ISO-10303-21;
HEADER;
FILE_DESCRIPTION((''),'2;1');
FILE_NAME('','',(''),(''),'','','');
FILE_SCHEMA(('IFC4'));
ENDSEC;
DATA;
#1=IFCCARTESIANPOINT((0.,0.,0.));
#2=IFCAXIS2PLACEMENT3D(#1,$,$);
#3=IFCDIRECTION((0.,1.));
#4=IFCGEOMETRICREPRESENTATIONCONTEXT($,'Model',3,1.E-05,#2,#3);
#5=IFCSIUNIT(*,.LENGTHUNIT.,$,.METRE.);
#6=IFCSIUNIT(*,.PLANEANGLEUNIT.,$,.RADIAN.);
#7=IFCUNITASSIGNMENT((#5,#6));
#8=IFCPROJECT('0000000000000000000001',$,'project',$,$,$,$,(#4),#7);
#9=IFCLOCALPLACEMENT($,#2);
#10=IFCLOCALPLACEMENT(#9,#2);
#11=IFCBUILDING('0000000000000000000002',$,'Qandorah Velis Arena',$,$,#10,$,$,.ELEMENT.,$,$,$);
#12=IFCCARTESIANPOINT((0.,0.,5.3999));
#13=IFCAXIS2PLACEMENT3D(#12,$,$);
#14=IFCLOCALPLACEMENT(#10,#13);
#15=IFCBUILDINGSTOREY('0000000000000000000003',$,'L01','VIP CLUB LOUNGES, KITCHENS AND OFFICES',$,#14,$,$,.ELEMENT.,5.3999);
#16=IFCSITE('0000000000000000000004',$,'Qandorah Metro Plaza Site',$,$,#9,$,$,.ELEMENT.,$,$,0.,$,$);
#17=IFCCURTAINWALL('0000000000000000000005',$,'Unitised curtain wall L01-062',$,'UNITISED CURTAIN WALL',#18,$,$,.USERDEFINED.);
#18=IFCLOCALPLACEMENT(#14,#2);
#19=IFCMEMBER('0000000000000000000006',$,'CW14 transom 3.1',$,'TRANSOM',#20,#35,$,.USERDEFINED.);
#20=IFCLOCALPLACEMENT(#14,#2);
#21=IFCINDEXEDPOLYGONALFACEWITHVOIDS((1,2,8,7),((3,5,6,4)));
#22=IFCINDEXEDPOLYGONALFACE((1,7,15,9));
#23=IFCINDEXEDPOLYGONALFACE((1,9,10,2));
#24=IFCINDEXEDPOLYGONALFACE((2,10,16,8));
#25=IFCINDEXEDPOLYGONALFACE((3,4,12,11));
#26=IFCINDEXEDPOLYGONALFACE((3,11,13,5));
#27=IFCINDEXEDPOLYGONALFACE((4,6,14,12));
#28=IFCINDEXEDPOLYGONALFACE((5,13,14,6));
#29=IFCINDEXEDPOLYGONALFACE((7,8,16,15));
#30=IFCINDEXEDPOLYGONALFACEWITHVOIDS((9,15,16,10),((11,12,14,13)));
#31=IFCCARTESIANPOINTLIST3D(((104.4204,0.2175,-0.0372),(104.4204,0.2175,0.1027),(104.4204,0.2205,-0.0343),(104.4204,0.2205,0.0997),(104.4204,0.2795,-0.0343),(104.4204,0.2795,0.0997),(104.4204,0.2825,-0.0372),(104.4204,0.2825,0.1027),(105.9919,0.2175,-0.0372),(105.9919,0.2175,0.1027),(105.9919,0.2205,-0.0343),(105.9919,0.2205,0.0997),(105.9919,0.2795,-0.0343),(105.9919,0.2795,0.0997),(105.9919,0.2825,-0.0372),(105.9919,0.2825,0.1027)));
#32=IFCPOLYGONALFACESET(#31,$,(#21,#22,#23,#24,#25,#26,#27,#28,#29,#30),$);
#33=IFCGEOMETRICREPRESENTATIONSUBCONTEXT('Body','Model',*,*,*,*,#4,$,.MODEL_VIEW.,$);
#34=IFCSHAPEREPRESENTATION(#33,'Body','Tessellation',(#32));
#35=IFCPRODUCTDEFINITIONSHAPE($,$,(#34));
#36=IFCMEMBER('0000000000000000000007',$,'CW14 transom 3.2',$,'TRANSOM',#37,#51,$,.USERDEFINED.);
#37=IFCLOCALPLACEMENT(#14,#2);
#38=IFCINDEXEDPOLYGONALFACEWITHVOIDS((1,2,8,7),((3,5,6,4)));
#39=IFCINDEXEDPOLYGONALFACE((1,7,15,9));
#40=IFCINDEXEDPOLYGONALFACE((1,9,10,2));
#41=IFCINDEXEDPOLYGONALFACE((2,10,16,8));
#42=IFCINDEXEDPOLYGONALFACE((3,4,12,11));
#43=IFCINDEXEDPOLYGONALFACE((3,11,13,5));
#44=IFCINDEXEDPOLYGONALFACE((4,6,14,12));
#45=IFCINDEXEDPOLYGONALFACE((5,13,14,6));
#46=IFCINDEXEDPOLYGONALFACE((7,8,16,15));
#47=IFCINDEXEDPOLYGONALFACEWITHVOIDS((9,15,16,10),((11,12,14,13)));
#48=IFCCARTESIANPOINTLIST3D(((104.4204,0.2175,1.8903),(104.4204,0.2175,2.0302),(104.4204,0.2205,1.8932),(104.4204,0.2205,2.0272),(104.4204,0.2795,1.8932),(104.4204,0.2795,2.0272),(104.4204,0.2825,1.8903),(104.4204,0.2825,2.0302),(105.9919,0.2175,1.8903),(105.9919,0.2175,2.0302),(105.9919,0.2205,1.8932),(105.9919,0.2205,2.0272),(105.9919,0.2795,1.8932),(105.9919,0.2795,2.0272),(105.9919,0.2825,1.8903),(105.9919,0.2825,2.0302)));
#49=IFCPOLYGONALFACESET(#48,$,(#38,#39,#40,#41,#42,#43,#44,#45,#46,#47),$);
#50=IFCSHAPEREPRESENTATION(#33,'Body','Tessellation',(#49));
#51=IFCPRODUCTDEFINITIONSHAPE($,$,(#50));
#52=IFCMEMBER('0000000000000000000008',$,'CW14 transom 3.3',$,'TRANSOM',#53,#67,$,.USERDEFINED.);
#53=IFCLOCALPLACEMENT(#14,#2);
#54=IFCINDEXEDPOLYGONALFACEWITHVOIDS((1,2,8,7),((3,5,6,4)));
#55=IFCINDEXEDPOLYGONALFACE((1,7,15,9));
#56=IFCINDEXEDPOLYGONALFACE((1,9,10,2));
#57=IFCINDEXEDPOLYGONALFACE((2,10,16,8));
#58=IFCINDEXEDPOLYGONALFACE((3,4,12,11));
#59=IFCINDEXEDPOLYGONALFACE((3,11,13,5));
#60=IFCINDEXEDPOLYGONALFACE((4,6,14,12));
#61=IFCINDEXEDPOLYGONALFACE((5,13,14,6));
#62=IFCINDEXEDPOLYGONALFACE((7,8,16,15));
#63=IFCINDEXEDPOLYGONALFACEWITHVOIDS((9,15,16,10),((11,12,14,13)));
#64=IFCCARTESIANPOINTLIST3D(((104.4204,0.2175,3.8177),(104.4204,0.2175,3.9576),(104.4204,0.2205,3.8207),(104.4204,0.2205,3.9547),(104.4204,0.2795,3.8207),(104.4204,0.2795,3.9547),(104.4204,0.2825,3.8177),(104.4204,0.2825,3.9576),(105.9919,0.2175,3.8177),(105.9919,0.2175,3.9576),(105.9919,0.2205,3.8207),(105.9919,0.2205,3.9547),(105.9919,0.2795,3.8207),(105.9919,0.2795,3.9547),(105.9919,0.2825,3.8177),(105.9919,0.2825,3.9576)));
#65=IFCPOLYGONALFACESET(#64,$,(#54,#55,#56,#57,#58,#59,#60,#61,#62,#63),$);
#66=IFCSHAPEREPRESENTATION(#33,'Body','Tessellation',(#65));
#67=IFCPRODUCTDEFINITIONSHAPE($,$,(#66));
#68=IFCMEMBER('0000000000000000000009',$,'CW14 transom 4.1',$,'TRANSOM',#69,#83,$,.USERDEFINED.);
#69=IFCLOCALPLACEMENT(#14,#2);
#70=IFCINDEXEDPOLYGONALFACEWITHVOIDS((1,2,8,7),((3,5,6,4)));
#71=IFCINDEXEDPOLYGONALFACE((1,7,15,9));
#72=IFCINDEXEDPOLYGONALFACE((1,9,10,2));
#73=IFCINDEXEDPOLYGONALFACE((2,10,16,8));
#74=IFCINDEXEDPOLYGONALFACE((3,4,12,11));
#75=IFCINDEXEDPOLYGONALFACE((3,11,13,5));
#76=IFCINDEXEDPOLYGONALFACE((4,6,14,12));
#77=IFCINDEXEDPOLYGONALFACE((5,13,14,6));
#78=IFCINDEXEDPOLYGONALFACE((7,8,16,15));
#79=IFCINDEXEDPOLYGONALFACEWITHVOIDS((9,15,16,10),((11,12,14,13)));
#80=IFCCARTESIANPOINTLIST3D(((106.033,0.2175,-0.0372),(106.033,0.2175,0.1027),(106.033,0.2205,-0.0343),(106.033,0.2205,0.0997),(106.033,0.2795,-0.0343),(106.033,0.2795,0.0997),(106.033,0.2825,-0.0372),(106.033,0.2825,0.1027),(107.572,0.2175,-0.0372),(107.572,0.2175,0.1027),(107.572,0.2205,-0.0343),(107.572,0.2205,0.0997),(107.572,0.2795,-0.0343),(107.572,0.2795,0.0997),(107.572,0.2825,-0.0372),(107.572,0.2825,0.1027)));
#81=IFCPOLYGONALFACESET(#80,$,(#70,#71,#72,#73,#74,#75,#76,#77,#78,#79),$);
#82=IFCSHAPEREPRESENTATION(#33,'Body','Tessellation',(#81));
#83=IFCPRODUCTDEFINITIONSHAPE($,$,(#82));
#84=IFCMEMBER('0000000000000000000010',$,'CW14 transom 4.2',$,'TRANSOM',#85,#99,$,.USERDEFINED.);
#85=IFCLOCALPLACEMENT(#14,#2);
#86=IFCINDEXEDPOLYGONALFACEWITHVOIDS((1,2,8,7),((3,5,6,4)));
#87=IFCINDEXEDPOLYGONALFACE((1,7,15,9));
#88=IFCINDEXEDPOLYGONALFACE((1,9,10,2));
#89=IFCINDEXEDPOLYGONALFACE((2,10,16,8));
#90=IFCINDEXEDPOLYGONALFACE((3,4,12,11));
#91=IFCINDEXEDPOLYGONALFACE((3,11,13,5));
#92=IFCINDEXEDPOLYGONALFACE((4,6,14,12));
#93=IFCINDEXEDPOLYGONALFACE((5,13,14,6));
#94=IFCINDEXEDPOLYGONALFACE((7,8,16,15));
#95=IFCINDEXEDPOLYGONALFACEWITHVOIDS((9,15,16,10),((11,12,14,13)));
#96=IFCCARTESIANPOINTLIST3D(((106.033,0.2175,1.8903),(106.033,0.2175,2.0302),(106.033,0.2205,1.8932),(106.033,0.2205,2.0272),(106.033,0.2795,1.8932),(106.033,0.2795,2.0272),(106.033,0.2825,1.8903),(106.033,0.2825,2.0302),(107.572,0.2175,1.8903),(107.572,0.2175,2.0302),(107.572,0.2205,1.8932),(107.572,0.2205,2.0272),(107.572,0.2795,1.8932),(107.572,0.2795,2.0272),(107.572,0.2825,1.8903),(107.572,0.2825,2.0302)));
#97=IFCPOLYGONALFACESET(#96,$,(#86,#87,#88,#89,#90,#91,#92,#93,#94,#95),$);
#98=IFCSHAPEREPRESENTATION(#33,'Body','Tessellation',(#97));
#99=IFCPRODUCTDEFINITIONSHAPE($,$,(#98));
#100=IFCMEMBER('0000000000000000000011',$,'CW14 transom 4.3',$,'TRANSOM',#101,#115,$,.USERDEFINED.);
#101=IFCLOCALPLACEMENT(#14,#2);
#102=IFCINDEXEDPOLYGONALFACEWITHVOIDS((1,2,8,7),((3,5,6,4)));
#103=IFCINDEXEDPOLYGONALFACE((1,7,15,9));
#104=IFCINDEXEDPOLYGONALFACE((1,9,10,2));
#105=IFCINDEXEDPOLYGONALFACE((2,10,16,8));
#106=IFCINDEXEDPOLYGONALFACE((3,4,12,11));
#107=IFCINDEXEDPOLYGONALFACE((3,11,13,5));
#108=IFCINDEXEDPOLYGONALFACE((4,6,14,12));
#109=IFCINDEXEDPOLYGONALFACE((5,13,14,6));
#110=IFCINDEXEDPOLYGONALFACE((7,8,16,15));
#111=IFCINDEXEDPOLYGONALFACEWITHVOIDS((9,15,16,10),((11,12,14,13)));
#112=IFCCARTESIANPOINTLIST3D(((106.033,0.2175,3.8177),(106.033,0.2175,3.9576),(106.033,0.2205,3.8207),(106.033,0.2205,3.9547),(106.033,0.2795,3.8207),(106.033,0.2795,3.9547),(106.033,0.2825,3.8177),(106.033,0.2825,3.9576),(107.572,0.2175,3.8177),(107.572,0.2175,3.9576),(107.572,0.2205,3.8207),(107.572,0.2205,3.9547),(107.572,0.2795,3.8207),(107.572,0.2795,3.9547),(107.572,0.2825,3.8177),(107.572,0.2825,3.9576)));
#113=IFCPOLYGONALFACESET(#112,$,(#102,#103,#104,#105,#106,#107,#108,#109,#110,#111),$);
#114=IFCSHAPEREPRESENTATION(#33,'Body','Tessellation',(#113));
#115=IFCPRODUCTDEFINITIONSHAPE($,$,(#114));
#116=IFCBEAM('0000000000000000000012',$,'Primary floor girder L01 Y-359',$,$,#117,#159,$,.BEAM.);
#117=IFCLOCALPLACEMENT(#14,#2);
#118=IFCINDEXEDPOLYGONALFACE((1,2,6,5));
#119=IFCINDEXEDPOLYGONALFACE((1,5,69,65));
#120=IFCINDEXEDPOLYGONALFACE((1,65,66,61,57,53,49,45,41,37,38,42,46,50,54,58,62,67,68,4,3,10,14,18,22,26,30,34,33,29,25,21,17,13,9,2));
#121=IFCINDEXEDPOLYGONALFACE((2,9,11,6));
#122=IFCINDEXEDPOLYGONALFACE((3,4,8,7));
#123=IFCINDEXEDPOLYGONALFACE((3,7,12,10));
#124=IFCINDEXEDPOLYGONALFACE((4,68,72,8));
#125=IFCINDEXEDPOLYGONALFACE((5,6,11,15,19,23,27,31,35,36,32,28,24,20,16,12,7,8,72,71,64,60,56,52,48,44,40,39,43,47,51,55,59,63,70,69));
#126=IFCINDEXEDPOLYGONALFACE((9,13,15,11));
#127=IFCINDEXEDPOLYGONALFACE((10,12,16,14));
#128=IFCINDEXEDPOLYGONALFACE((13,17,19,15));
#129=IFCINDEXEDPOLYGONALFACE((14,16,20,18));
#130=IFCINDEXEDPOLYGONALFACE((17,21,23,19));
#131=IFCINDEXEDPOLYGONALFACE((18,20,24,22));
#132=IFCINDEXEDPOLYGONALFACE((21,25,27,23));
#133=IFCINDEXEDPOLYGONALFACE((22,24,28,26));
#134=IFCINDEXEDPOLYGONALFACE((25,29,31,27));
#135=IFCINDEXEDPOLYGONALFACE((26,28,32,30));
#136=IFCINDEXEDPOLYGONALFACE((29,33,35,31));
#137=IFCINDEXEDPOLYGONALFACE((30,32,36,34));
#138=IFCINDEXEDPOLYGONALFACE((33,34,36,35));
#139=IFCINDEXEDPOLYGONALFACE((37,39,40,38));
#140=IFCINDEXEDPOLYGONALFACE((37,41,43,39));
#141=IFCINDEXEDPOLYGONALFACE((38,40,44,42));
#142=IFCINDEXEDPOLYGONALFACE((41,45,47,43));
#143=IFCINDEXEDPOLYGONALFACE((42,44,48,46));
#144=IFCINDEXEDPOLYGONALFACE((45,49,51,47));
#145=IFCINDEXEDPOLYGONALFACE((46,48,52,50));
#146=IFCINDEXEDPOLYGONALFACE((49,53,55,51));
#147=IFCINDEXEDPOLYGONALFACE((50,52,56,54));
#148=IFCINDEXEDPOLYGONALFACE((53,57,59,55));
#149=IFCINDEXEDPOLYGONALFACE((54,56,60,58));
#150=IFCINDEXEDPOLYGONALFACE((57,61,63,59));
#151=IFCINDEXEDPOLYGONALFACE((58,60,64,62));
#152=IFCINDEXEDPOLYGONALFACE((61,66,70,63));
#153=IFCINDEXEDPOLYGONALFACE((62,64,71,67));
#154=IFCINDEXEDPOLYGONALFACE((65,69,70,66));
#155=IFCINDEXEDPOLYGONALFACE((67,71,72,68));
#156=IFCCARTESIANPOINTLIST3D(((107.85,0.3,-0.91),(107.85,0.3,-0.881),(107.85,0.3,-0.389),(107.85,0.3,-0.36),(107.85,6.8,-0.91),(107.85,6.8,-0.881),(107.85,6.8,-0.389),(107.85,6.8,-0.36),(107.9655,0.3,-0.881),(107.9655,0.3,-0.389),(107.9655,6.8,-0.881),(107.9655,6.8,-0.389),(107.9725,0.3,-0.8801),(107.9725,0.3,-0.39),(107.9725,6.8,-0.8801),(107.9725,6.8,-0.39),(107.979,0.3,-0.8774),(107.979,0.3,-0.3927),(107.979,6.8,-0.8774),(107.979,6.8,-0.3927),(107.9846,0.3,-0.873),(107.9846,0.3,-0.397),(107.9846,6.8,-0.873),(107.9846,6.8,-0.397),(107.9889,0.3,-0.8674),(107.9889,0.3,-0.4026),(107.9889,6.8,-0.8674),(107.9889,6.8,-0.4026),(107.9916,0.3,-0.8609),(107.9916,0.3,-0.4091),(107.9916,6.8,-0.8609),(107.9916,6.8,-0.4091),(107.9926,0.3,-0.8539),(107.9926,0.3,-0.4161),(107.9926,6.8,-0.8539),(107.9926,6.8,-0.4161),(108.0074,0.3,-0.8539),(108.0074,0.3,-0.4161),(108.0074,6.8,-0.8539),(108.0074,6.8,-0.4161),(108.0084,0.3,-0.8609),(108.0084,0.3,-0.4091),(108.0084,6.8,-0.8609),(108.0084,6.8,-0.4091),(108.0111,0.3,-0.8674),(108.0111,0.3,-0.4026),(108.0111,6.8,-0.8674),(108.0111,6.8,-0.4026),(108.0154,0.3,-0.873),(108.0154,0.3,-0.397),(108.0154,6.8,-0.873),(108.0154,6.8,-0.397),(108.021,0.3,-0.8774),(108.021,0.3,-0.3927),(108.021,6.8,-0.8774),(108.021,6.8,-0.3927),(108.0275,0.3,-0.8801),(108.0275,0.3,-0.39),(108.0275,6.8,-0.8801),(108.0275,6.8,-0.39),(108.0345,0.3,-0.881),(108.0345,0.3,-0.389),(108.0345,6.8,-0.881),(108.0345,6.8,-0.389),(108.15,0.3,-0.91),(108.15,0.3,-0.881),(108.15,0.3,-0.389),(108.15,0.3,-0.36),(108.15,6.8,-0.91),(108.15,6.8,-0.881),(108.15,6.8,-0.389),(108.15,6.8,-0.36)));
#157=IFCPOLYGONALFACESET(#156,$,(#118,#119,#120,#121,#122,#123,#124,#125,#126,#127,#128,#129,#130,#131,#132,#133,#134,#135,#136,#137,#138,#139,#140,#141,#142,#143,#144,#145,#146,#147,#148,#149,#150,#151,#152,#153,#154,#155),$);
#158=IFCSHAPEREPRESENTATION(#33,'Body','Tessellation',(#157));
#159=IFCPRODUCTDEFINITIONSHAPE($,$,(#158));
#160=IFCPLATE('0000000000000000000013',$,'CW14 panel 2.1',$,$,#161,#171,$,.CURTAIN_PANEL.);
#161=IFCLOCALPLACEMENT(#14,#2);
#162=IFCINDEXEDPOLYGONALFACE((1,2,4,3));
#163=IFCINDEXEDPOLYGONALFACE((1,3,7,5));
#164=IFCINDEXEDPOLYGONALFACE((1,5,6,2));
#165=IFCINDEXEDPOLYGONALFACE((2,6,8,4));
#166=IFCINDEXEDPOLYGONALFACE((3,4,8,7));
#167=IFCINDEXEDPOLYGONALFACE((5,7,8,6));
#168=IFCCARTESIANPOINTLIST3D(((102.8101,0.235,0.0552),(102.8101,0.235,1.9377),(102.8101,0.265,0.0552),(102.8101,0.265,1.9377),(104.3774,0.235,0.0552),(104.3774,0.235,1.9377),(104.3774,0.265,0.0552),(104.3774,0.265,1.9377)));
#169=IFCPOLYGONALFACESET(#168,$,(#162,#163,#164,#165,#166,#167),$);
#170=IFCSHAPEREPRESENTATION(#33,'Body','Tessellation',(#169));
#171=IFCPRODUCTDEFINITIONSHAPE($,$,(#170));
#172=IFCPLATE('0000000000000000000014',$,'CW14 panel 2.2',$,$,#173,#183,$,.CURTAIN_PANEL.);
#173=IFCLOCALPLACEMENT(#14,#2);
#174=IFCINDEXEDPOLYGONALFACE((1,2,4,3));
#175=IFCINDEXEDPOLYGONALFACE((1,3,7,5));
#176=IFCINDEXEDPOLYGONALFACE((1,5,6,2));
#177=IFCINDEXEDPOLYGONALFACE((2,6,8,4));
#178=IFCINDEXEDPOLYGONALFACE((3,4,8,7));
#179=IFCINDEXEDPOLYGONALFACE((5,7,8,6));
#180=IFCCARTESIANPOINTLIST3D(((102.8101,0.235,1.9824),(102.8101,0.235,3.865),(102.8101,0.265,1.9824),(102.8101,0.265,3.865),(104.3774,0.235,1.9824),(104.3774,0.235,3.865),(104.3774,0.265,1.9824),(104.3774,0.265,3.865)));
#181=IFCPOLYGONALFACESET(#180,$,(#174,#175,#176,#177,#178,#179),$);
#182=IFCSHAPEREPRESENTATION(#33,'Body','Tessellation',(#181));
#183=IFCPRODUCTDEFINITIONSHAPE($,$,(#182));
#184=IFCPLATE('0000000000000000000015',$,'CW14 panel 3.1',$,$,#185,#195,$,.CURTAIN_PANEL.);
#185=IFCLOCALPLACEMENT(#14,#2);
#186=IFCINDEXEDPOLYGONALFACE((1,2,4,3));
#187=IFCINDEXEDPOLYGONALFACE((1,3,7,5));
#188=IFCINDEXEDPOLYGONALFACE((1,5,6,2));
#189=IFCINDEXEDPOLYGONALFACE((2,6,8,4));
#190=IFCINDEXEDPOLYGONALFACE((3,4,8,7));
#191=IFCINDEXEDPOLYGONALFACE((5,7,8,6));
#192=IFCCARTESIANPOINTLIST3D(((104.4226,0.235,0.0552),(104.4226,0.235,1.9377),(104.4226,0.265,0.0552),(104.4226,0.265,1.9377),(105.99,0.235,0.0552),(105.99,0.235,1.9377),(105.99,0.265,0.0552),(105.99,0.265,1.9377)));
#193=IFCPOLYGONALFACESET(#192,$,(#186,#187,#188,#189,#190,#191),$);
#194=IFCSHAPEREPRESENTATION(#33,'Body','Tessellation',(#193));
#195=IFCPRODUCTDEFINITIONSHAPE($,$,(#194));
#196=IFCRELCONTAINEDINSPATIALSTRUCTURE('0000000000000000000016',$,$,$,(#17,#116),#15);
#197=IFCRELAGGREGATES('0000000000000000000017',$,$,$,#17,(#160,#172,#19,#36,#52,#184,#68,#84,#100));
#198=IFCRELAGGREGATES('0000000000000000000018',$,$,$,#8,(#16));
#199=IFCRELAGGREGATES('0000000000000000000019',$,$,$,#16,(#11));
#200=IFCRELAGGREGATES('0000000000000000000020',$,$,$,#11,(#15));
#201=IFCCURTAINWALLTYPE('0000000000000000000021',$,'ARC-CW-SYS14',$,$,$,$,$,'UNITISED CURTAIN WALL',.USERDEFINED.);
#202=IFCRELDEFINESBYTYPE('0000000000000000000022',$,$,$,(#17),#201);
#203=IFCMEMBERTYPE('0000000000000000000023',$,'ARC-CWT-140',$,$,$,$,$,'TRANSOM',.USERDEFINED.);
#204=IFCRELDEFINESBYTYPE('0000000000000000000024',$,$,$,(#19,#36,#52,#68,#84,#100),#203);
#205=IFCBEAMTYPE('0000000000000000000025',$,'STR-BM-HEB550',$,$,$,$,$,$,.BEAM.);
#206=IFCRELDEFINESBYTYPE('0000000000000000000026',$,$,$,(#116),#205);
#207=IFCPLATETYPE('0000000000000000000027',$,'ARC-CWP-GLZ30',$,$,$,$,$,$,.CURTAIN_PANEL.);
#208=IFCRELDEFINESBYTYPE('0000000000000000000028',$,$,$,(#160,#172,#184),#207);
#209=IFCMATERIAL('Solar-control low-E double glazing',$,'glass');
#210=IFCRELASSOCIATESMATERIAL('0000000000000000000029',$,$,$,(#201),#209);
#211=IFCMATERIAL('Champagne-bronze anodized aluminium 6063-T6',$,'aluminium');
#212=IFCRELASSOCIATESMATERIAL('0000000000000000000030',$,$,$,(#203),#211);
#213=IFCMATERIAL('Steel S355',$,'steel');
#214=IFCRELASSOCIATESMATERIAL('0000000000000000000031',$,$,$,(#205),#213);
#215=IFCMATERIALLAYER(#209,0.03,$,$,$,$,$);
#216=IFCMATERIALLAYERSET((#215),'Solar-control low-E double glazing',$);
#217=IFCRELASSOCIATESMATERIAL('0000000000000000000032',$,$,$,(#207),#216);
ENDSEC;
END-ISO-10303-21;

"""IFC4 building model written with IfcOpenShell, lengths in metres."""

from ifc_helpers import new_model, si_unit, direction, frame, origin, origin_2d, place, context, subcontext, project, spatial, rectangle, hollow_rectangle, i_section, extrude, material, layer, layer_set, material_profile, profile_set, type_object, element, aggregate, save


model = new_model("IFC4")

# Units and contexts
model_context = context("Model", 3, precision=1e-05, world=origin(), true_north=direction((0.0, 1.0)))
body_context = subcontext(model_context, "Body", "Model", "MODEL_VIEW")
ifc_project = project(units=[si_unit("LENGTHUNIT", "METRE"), si_unit("PLANEANGLEUNIT", "RADIAN")], contexts=[model_context])

# Site, building, storey
site_placement = place(None, origin())
site = spatial("IfcSite", under=ifc_project, at=site_placement, Name="Qandorah Metro Plaza Site", CompositionType="ELEMENT", RefElevation=0.0)
building_placement = place(site_placement, origin())
building = spatial("IfcBuilding", under=site, at=building_placement, Name="Qandorah Velis Arena", CompositionType="ELEMENT")
storey_placement = place(building_placement, frame((0.0, 0.0, 5.3999)))
storey = spatial("IfcBuildingStorey", under=building, at=storey_placement, Name="L01", Description="VIP CLUB LOUNGES, KITCHENS AND OFFICES", CompositionType="ELEMENT", Elevation=5.3999)

# Curtain wall, members
ifc_material_1 = material(Name="Solar-control low-E double glazing", Category="glass")
curtain_wall_type = type_object("IfcCurtainWallType", Name="ARC-CW-SYS14", ElementType="UNITISED CURTAIN WALL", PredefinedType="USERDEFINED", material=ifc_material_1)
curtain_wall_placement = place(storey_placement, origin())
curtain_wall = element("IfcCurtainWall", 1, at=curtain_wall_placement, inside=storey, type_object=curtain_wall_type, Name="Unitised curtain wall L01-062", ObjectType="UNITISED CURTAIN WALL", PredefinedType="USERDEFINED")
ifc_material_2 = material(Name="Champagne-bronze anodized aluminium 6063-T6", Category="aluminium")
ifc_material_profile_1 = material_profile(ifc_material_2, hollow_rectangle(XDim=0.0649, YDim=0.1399, WallThickness=0.0029, at=origin_2d()), Name="ALU TRANSOM 65x140")
ifc_profile_set_1 = profile_set([ifc_material_profile_1], Name="Champagne-bronze anodized aluminium 6063-T6")
member_type_1 = type_object("IfcMemberType", Name="ARC-CWT-140", ElementType="TRANSOM", PredefinedType="USERDEFINED", material=ifc_profile_set_1)
member_1_placement = place(storey_placement, frame((104.4204, 0.25, 0.0327), z_axis=(1.0, 0.0, 0.0), x_axis=(0.0, 1.0, 0.0)))
member_1 = element("IfcMember", 2, at=member_1_placement, type_object=member_type_1, Name="CW14 transom 3.1", ObjectType="TRANSOM", PredefinedType="USERDEFINED", context=body_context, shape_type="SweptSolid", body=[
    extrude(hollow_rectangle(XDim=0.0649, YDim=0.1399, WallThickness=0.0029, at=origin_2d()), origin(), (0.0, 0.0, 1.0), 1.5715),
])
member_2_placement = place(storey_placement, frame((104.4204, 0.25, 1.9602), z_axis=(1.0, 0.0, 0.0), x_axis=(0.0, 1.0, 0.0)))
member_2 = element("IfcMember", 3, at=member_2_placement, type_object=member_type_1, Name="CW14 transom 3.2", ObjectType="TRANSOM", PredefinedType="USERDEFINED", context=body_context, shape_type="SweptSolid", body=[
    extrude(hollow_rectangle(XDim=0.0649, YDim=0.1399, WallThickness=0.0029, at=origin_2d()), origin(), (0.0, 0.0, 1.0), 1.5715),
])
member_3_placement = place(storey_placement, frame((104.4204, 0.25, 3.8877), z_axis=(1.0, 0.0, 0.0), x_axis=(0.0, 1.0, 0.0)))
member_3 = element("IfcMember", 4, at=member_3_placement, type_object=member_type_1, Name="CW14 transom 3.3", ObjectType="TRANSOM", PredefinedType="USERDEFINED", context=body_context, shape_type="SweptSolid", body=[
    extrude(hollow_rectangle(XDim=0.0649, YDim=0.1399, WallThickness=0.0029, at=origin_2d()), origin(), (0.0, 0.0, 1.0), 1.5715),
])
member_4_placement = place(storey_placement, frame((106.033, 0.25, 0.0327), z_axis=(1.0, 0.0, 0.0), x_axis=(0.0, 1.0, 0.0)))
member_4 = element("IfcMember", 5, at=member_4_placement, type_object=member_type_1, Name="CW14 transom 4.1", ObjectType="TRANSOM", PredefinedType="USERDEFINED", context=body_context, shape_type="SweptSolid", body=[
    extrude(hollow_rectangle(XDim=0.0649, YDim=0.1399, WallThickness=0.0029, at=origin_2d()), origin(), (0.0, 0.0, 1.0), 1.5391),
])
member_5_placement = place(storey_placement, frame((106.033, 0.25, 1.9602), z_axis=(1.0, 0.0, 0.0), x_axis=(0.0, 1.0, 0.0)))
member_5 = element("IfcMember", 6, at=member_5_placement, type_object=member_type_1, Name="CW14 transom 4.2", ObjectType="TRANSOM", PredefinedType="USERDEFINED", context=body_context, shape_type="SweptSolid", body=[
    extrude(hollow_rectangle(XDim=0.0649, YDim=0.1399, WallThickness=0.0029, at=origin_2d()), origin(), (0.0, 0.0, 1.0), 1.5391),
])
member_6_placement = place(storey_placement, frame((106.033, 0.25, 3.8877), z_axis=(1.0, 0.0, 0.0), x_axis=(0.0, 1.0, 0.0)))
member_6 = element("IfcMember", 7, at=member_6_placement, type_object=member_type_1, Name="CW14 transom 4.3", ObjectType="TRANSOM", PredefinedType="USERDEFINED", context=body_context, shape_type="SweptSolid", body=[
    extrude(hollow_rectangle(XDim=0.0649, YDim=0.1399, WallThickness=0.0029, at=origin_2d()), origin(), (0.0, 0.0, 1.0), 1.5391),
])

# Beam
ifc_material_3 = material(Name="Steel S355", Category="steel")
ifc_material_profile_2 = material_profile(ifc_material_3, i_section(OverallWidth=0.3, OverallDepth=0.55, WebThickness=0.0149, FlangeThickness=0.0291, FilletRadius=0.0271, at=origin_2d()), Name="HEB 550")
ifc_profile_set_2 = profile_set([ifc_material_profile_2], Name="Steel S355")
beam_type = type_object("IfcBeamType", Name="STR-BM-HEB550", PredefinedType="BEAM", material=ifc_profile_set_2)
beam_placement = place(storey_placement, frame((108.0, 0.3, -0.635), z_axis=(0.0, 1.0, 0.0), x_axis=(-1.0, 0.0, 0.0)))
element("IfcBeam", 8, at=beam_placement, inside=storey, type_object=beam_type, Name="Primary floor girder L01 Y-359", PredefinedType="BEAM", context=body_context, shape_type="SweptSolid", body=[
    extrude(i_section(OverallWidth=0.3, OverallDepth=0.55, WebThickness=0.0149, FlangeThickness=0.0291, FilletRadius=0.0271, at=origin_2d()), origin(), (0.0, 0.0, 1.0), 6.5),
])

# Plates
ifc_layer = layer(ifc_material_1, 0.03)
ifc_layer_set = layer_set([ifc_layer], Name="Solar-control low-E double glazing")
plate_type = type_object("IfcPlateType", Name="ARC-CWP-GLZ30", PredefinedType="CURTAIN_PANEL", material=ifc_layer_set)
plate_1_placement = place(storey_placement, frame((103.5938, 0.25, 0.0552), z_axis=(0.0, 0.0, 1.0), x_axis=(1.0, 0.0, 0.0)))
plate_1 = element("IfcPlate", 9, at=plate_1_placement, type_object=plate_type, Name="CW14 panel 2.1", PredefinedType="CURTAIN_PANEL", context=body_context, shape_type="SweptSolid", body=[
    extrude(rectangle(XDim=1.5674, YDim=0.03, at=origin_2d()), origin(), (0.0, 0.0, 1.0), 1.8826),
])
plate_2_placement = place(storey_placement, frame((103.5938, 0.25, 1.9824), z_axis=(0.0, 0.0, 1.0), x_axis=(1.0, 0.0, 0.0)))
plate_2 = element("IfcPlate", 10, at=plate_2_placement, type_object=plate_type, Name="CW14 panel 2.2", PredefinedType="CURTAIN_PANEL", context=body_context, shape_type="SweptSolid", body=[
    extrude(rectangle(XDim=1.5674, YDim=0.03, at=origin_2d()), origin(), (0.0, 0.0, 1.0), 1.8826),
])
plate_3_placement = place(storey_placement, frame((105.2063, 0.25, 0.0552), z_axis=(0.0, 0.0, 1.0), x_axis=(1.0, 0.0, 0.0)))
plate_3 = element("IfcPlate", 11, at=plate_3_placement, type_object=plate_type, Name="CW14 panel 3.1", PredefinedType="CURTAIN_PANEL", context=body_context, shape_type="SweptSolid", body=[
    extrude(rectangle(XDim=1.5674, YDim=0.03, at=origin_2d()), origin(), (0.0, 0.0, 1.0), 1.8826),
])
aggregate(curtain_wall, [plate_1, plate_2, member_1, member_2, member_3, plate_3, member_4, member_5, member_6])

save(model, "model.ifc")
